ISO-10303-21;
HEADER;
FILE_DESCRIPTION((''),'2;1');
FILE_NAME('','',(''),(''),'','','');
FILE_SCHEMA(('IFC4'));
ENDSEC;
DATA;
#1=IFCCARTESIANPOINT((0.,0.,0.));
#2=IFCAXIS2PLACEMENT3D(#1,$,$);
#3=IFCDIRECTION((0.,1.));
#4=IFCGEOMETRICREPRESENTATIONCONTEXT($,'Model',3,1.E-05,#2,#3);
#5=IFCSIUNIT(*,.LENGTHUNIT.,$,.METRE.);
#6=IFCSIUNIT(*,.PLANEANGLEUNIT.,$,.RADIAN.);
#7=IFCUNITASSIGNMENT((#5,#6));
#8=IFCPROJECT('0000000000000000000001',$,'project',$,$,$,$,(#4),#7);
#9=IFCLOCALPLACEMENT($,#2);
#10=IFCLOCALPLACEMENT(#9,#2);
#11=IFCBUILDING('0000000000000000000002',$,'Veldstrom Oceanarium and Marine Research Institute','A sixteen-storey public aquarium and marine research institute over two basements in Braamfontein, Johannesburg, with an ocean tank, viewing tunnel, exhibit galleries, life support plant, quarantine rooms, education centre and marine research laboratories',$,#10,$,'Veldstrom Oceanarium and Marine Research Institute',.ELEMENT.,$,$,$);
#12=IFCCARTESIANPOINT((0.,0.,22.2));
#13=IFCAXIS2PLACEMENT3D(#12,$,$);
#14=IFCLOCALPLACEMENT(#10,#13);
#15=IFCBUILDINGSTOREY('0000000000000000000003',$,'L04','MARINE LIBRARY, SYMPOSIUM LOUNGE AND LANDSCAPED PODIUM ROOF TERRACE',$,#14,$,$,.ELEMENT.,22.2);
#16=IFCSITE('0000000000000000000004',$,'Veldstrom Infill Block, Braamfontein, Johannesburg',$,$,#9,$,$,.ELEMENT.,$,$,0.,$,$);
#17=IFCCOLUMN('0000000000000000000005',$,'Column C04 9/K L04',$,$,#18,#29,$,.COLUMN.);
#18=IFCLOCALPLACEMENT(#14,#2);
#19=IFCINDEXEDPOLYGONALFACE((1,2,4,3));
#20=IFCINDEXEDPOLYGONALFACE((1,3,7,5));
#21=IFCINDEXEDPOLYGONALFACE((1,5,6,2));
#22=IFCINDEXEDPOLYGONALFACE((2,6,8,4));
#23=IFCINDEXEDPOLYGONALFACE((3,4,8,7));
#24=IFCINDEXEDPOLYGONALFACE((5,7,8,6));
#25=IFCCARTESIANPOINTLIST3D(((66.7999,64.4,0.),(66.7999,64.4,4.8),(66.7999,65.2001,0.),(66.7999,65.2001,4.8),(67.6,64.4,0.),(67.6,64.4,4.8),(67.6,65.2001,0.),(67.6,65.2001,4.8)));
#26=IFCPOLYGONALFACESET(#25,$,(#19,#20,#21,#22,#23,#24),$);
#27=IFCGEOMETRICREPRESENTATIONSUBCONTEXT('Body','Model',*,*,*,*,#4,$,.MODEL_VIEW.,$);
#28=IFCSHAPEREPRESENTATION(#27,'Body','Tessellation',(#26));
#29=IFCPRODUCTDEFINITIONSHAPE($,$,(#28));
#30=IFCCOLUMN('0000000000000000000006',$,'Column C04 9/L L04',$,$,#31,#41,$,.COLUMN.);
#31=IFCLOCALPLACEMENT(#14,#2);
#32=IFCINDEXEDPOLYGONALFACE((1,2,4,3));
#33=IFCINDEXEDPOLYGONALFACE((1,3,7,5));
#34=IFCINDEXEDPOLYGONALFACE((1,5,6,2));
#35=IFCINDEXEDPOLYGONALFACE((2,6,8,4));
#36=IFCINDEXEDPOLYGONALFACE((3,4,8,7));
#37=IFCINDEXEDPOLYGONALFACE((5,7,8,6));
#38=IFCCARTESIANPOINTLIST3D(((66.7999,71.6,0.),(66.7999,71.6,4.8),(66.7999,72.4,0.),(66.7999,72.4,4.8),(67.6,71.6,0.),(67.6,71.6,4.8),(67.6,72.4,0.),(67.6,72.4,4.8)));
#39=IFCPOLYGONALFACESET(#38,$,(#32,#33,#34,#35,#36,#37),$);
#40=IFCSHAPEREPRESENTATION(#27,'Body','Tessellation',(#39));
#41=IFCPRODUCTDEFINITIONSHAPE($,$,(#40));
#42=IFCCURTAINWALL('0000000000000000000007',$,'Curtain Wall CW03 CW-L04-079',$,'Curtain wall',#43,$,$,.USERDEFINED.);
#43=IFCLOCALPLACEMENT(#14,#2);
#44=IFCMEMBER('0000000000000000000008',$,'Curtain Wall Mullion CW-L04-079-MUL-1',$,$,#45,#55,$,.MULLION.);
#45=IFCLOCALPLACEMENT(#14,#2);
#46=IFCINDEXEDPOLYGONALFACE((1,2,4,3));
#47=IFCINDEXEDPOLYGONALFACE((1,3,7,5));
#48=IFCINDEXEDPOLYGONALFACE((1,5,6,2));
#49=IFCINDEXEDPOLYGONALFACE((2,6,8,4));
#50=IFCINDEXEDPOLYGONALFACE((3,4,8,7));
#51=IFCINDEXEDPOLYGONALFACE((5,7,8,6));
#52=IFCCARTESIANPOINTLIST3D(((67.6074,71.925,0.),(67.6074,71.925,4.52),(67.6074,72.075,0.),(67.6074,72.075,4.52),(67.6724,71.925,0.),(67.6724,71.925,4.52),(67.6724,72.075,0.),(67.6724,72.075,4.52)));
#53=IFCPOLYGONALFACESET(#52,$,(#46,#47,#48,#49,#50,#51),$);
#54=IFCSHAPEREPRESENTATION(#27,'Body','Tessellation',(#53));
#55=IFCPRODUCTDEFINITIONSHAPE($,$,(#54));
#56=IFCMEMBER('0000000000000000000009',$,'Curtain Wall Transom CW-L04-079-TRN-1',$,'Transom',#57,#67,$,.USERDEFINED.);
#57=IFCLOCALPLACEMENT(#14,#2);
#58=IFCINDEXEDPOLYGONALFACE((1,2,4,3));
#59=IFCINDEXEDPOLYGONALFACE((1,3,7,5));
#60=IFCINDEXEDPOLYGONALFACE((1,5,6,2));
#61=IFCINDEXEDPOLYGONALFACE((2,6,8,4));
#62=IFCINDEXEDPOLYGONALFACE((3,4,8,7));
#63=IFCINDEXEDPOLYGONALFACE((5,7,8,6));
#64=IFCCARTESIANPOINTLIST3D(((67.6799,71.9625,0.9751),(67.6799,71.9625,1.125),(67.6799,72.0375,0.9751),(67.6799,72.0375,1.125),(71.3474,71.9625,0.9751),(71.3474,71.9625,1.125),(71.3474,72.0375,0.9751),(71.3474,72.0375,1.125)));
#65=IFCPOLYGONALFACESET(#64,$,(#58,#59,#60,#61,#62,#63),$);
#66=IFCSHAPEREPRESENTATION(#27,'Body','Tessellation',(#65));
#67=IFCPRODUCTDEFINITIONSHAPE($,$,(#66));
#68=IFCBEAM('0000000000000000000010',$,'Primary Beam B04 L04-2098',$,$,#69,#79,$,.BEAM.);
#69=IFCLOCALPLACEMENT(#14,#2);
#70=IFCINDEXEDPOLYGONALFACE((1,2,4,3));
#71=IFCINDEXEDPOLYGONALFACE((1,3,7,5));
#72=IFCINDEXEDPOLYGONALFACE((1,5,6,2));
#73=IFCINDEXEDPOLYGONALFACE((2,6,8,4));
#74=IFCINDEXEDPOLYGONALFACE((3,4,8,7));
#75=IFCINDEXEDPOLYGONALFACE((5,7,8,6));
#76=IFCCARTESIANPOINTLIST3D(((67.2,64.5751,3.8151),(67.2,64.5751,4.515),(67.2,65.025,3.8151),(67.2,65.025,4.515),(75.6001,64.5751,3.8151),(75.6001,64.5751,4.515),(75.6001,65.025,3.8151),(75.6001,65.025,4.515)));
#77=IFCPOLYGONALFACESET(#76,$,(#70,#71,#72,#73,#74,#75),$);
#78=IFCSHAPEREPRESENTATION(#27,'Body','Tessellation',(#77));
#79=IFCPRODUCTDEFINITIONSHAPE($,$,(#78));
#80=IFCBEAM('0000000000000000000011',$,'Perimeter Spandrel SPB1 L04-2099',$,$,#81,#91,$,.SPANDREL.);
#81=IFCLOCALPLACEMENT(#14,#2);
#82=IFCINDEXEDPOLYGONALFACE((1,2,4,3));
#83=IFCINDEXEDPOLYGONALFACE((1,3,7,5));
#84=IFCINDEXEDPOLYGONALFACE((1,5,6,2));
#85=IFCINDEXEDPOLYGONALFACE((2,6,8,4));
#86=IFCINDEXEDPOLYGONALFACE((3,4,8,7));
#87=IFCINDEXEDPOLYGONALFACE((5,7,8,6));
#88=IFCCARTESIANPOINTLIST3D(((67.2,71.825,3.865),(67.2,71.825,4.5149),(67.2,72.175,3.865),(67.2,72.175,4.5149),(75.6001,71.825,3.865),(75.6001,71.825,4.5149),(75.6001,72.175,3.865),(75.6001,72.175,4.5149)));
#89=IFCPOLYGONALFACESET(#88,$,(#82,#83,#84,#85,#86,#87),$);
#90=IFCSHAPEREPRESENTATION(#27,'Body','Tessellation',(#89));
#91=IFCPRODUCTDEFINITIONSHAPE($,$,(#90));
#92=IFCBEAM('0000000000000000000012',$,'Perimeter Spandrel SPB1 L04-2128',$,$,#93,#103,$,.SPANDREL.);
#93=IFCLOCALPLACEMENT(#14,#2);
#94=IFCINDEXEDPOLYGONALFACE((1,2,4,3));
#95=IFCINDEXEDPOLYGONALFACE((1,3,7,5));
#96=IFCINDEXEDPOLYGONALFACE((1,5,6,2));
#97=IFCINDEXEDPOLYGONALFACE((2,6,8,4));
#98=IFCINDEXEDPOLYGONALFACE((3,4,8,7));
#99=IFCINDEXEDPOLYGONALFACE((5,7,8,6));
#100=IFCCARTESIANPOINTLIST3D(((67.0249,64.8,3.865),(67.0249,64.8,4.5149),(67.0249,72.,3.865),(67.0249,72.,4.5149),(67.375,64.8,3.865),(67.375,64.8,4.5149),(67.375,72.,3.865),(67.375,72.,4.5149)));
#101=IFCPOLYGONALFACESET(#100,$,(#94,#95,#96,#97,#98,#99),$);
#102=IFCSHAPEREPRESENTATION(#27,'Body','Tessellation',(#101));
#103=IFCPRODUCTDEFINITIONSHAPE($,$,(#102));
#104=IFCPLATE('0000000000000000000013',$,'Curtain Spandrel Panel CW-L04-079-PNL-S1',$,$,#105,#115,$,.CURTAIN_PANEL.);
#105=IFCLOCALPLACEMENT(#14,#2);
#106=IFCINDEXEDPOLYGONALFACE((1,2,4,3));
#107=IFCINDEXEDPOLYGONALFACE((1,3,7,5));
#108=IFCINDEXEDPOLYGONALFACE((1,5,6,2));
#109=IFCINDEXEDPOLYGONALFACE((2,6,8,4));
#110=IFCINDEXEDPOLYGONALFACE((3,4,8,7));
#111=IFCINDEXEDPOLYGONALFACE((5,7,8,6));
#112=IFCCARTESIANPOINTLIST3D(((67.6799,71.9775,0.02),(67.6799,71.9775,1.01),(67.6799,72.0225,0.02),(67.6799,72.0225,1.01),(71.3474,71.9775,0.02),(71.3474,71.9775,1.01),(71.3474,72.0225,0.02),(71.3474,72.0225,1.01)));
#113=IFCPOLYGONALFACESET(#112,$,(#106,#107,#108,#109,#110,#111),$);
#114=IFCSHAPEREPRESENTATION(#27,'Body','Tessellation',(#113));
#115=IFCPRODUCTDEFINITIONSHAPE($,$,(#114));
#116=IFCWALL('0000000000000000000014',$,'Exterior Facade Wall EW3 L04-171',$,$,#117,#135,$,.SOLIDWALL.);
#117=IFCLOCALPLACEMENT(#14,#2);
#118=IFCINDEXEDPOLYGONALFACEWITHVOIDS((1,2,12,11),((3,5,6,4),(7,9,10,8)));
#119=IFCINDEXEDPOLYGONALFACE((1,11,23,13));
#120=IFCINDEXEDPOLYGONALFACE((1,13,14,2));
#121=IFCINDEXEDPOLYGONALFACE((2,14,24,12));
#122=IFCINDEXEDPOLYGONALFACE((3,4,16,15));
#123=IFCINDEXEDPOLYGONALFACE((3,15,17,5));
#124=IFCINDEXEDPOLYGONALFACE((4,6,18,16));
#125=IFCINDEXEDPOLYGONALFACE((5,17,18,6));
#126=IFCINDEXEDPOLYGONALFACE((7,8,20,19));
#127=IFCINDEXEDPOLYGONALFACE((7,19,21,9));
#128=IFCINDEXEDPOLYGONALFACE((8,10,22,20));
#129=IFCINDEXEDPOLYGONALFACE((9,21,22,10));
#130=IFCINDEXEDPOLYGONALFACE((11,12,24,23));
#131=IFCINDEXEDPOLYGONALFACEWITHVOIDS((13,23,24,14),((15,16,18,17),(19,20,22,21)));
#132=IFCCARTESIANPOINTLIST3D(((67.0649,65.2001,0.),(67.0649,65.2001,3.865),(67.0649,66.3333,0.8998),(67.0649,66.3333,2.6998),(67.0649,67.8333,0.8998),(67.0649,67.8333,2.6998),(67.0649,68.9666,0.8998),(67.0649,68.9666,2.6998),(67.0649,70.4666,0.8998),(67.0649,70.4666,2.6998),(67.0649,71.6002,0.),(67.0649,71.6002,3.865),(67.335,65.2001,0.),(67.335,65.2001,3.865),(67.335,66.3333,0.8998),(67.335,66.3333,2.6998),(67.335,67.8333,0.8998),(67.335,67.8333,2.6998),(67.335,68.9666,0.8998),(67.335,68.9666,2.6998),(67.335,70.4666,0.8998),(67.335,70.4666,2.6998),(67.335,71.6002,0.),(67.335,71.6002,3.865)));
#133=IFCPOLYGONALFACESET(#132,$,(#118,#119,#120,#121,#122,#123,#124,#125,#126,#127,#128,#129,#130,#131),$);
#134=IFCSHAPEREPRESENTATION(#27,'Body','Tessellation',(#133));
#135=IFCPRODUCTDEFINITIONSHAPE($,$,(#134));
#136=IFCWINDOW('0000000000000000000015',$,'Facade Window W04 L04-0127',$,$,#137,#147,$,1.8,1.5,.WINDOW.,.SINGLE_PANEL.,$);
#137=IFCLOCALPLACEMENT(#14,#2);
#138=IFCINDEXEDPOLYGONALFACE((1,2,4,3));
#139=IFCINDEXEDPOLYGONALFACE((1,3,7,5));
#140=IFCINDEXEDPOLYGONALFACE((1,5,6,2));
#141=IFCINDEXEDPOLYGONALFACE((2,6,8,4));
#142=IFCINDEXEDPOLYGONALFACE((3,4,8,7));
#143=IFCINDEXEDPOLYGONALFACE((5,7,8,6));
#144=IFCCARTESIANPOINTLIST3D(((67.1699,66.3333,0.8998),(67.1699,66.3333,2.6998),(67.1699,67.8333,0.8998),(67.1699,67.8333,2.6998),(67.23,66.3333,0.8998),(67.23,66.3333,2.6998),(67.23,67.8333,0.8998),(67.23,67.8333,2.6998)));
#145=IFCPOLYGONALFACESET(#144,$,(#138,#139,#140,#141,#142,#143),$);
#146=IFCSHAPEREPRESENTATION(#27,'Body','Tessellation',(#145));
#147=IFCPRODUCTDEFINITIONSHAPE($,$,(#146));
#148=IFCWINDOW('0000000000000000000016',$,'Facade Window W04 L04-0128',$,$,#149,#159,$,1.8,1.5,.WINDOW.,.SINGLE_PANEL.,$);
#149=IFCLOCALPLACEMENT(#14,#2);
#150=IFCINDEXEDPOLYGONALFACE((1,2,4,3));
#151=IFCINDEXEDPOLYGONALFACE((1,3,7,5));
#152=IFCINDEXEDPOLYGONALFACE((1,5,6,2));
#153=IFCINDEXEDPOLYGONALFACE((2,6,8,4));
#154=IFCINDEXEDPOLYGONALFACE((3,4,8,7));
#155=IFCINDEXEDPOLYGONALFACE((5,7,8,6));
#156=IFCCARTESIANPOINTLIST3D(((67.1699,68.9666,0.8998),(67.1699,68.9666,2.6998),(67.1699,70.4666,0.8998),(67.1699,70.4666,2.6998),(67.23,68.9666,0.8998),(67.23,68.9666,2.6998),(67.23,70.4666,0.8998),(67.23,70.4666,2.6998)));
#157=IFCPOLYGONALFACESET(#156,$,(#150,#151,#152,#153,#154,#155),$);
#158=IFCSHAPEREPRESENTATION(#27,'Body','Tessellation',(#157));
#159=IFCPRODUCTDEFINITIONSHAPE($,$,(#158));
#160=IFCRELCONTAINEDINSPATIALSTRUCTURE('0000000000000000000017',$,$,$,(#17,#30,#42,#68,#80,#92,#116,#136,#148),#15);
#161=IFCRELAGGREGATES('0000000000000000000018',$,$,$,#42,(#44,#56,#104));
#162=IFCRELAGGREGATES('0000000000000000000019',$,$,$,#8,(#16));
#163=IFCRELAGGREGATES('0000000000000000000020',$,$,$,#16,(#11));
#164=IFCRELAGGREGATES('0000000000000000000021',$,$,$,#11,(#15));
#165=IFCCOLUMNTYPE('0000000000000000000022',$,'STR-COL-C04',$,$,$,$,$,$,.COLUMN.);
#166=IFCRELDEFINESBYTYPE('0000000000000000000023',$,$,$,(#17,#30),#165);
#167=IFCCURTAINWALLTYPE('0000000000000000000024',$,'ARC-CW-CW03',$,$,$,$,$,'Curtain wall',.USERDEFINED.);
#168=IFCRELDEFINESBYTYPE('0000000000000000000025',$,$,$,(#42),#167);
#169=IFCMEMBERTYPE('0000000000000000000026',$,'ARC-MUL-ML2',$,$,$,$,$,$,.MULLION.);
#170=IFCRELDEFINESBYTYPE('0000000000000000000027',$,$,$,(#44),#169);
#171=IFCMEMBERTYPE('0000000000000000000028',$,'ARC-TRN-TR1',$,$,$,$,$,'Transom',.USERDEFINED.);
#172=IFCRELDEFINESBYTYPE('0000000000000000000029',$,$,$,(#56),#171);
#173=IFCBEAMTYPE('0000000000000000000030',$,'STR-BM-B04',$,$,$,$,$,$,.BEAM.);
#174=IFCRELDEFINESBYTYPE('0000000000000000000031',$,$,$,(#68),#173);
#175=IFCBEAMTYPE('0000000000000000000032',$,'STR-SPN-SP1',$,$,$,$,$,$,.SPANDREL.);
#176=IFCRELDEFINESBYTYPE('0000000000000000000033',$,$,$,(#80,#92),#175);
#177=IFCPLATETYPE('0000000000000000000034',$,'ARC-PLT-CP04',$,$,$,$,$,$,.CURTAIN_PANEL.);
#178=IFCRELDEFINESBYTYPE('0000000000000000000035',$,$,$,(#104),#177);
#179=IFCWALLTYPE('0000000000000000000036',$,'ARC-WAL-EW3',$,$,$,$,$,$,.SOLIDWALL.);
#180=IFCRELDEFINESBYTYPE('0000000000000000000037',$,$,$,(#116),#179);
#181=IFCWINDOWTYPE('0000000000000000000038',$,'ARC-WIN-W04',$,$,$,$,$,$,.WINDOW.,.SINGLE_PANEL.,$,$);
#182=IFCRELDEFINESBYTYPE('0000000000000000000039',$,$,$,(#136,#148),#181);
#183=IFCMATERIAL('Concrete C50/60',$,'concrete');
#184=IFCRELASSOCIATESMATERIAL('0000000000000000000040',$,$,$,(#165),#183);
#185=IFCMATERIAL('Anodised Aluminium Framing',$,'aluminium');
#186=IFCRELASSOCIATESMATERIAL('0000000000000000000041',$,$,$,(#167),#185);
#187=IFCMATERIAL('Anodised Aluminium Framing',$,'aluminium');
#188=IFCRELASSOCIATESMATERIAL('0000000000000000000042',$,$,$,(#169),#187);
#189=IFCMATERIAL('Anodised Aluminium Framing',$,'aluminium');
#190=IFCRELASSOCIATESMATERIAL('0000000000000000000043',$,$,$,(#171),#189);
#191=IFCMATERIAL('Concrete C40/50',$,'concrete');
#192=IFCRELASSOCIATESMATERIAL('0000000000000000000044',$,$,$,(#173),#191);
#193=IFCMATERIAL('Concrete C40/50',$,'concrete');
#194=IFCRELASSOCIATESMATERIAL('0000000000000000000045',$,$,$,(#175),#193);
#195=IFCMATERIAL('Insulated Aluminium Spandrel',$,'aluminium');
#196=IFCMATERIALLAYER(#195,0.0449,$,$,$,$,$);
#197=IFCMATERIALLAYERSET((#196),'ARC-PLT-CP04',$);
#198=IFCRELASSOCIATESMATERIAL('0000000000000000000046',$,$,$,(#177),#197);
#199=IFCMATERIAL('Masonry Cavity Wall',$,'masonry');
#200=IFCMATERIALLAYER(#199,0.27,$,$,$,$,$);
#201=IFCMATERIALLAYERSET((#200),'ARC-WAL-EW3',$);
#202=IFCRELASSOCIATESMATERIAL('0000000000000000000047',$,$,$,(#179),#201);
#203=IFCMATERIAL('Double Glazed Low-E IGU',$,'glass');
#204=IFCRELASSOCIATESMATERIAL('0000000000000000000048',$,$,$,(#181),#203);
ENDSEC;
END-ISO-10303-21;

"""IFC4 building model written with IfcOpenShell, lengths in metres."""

from ifc_helpers import new_model, si_unit, direction, frame, frame_2d, origin, origin_2d, place, context, subcontext, project, spatial, rectangle, extrude, material, layer, layer_set, material_profile, profile_set, type_object, element, fill, aggregate, save


model = new_model("IFC4")

# Units and contexts
model_context = context("Model", 3, precision=1e-05, world=origin(), true_north=direction((0.0, 1.0)))
body_context = subcontext(model_context, "Body", "Model", "MODEL_VIEW")
ifc_project = project(units=[si_unit("LENGTHUNIT", "METRE"), si_unit("PLANEANGLEUNIT", "RADIAN")], contexts=[model_context])

# Site, building, storey
site_placement = place(None, origin())
site = spatial("IfcSite", under=ifc_project, at=site_placement, Name="Veldstrom Infill Block, Braamfontein, Johannesburg", CompositionType="ELEMENT", RefElevation=0.0)
building_placement = place(site_placement, origin())
building = spatial("IfcBuilding", under=site, at=building_placement, Name="Veldstrom Oceanarium and Marine Research Institute", Description="A sixteen-storey public aquarium and marine research institute over two basements in Braamfontein, Johannesburg, with an ocean tank, viewing tunnel, exhibit galleries, life support plant, quarantine rooms, education centre and marine research laboratories", LongName="Veldstrom Oceanarium and Marine Research Institute", CompositionType="ELEMENT")
storey_placement = place(building_placement, frame((0.0, 0.0, 22.2)))
storey = spatial("IfcBuildingStorey", under=building, at=storey_placement, Name="L04", Description="MARINE LIBRARY, SYMPOSIUM LOUNGE AND LANDSCAPED PODIUM ROOF TERRACE", CompositionType="ELEMENT", Elevation=22.2)

# Columns
ifc_material_1 = material(Name="Concrete C50/60", Category="concrete")
ifc_material_profile_1 = material_profile(ifc_material_1, rectangle(XDim=0.8, YDim=0.8, at=origin_2d()), Name="RC-COL-800x800")
ifc_profile_set_1 = profile_set([ifc_material_profile_1], Name="Concrete C50/60")
column_type = type_object("IfcColumnType", Name="STR-COL-C04", PredefinedType="COLUMN", material=ifc_profile_set_1)
for number, where, z_axis, x_axis, name in (
    (1, (67.2, 64.8, 0.0), (0.0, 0.0, 1.0), (1.0, 0.0, 0.0), "Column C04 9/K L04"),
    (2, (67.2, 72.0, 0.0), (0.0, 0.0, 1.0), (1.0, 0.0, 0.0), "Column C04 9/L L04"),
):
    element("IfcColumn", number, at=place(storey_placement, frame(where, z_axis=z_axis, x_axis=x_axis)), inside=storey, type_object=column_type, Name=name, PredefinedType="COLUMN", context=body_context, shape_type="SweptSolid", body=[
        extrude(rectangle(XDim=0.8, YDim=0.8, at=origin_2d()), origin(), (0.0, 0.0, 1.0), 4.8),
    ])

# Curtain wall, members
ifc_material_2 = material(Name="Anodised Aluminium Framing", Category="aluminium")
curtain_wall_type = type_object("IfcCurtainWallType", Name="ARC-CW-CW03", ElementType="Curtain wall", PredefinedType="USERDEFINED", material=ifc_material_2)
curtain_wall_placement = place(storey_placement, origin())
curtain_wall = element("IfcCurtainWall", 3, at=curtain_wall_placement, inside=storey, type_object=curtain_wall_type, Name="Curtain Wall CW03 CW-L04-079", ObjectType="Curtain wall", PredefinedType="USERDEFINED")
ifc_material_3 = material(Name="Anodised Aluminium Framing", Category="aluminium")
ifc_material_profile_2 = material_profile(ifc_material_3, rectangle(XDim=0.0649, YDim=0.1499, at=origin_2d()), Name="ALU-MUL-65x150")
ifc_profile_set_2 = profile_set([ifc_material_profile_2], Name="Anodised Aluminium Framing")
member_type_1 = type_object("IfcMemberType", Name="ARC-MUL-ML2", PredefinedType="MULLION", material=ifc_profile_set_2)
member_1_placement = place(storey_placement, frame((67.6399, 72.0, 0.0), z_axis=(0.0, 0.0, 1.0), x_axis=(1.0, 0.0, 0.0)))
member_1 = element("IfcMember", 4, at=member_1_placement, type_object=member_type_1, Name="Curtain Wall Mullion CW-L04-079-MUL-1", PredefinedType="MULLION", context=body_context, shape_type="SweptSolid", body=[
    extrude(rectangle(XDim=0.0649, YDim=0.1499, at=origin_2d()), origin(), (0.0, 0.0, 1.0), 4.52),
])
ifc_material_4 = material(Name="Anodised Aluminium Framing", Category="aluminium")
ifc_material_profile_3 = material_profile(ifc_material_4, rectangle(XDim=0.075, YDim=0.1499, at=origin_2d()), Name="ALU-TRN-75x150")
ifc_profile_set_3 = profile_set([ifc_material_profile_3], Name="Anodised Aluminium Framing")
member_type_2 = type_object("IfcMemberType", Name="ARC-TRN-TR1", ElementType="Transom", PredefinedType="USERDEFINED", material=ifc_profile_set_3)
member_2_placement = place(storey_placement, frame((67.6799, 72.0, 1.05), z_axis=(1.0, 0.0, 0.0), x_axis=(0.0, 1.0, 0.0)))
member_2 = element("IfcMember", 5, at=member_2_placement, type_object=member_type_2, Name="Curtain Wall Transom CW-L04-079-TRN-1", ObjectType="Transom", PredefinedType="USERDEFINED", context=body_context, shape_type="SweptSolid", body=[
    extrude(rectangle(XDim=0.075, YDim=0.1499, at=origin_2d()), origin(), (0.0, 0.0, 1.0), 3.6675),
])

# Beams
ifc_material_5 = material(Name="Concrete C40/50", Category="concrete")
ifc_material_profile_4 = material_profile(ifc_material_5, rectangle(XDim=0.45, YDim=0.7, at=origin_2d()), Name="RC-BM-450x700")
ifc_profile_set_4 = profile_set([ifc_material_profile_4], Name="Concrete C40/50")
beam_type_1 = type_object("IfcBeamType", Name="STR-BM-B04", PredefinedType="BEAM", material=ifc_profile_set_4)
beam_1_placement = place(storey_placement, frame((67.2, 64.8, 4.165), z_axis=(1.0, 0.0, 0.0), x_axis=(0.0, 1.0, 0.0)))
element("IfcBeam", 6, at=beam_1_placement, inside=storey, type_object=beam_type_1, Name="Primary Beam B04 L04-2098", PredefinedType="BEAM", context=body_context, shape_type="SweptSolid", body=[
    extrude(rectangle(XDim=0.45, YDim=0.7, at=origin_2d()), origin(), (0.0, 0.0, 1.0), 8.4001),
])
ifc_material_6 = material(Name="Concrete C40/50", Category="concrete")
ifc_material_profile_5 = material_profile(ifc_material_6, rectangle(XDim=0.3501, YDim=0.6499, at=origin_2d()), Name="RC-SPN-350x650")
ifc_profile_set_5 = profile_set([ifc_material_profile_5], Name="Concrete C40/50")
beam_type_2 = type_object("IfcBeamType", Name="STR-SPN-SP1", PredefinedType="SPANDREL", material=ifc_profile_set_5)
beam_2_placement = place(storey_placement, frame((67.2, 72.0, 4.1899), z_axis=(1.0, 0.0, 0.0), x_axis=(0.0, 1.0, 0.0)))
element("IfcBeam", 7, at=beam_2_placement, inside=storey, type_object=beam_type_2, Name="Perimeter Spandrel SPB1 L04-2099", PredefinedType="SPANDREL", context=body_context, shape_type="SweptSolid", body=[
    extrude(rectangle(XDim=0.3501, YDim=0.6499, at=origin_2d()), origin(), (0.0, 0.0, 1.0), 8.4001),
])
beam_3_placement = place(storey_placement, frame((67.2, 64.8, 4.1899), z_axis=(0.0, 1.0, 0.0), x_axis=(-1.0, 0.0, 0.0)))
element("IfcBeam", 8, at=beam_3_placement, inside=storey, type_object=beam_type_2, Name="Perimeter Spandrel SPB1 L04-2128", PredefinedType="SPANDREL", context=body_context, shape_type="SweptSolid", body=[
    extrude(rectangle(XDim=0.3501, YDim=0.6499, at=origin_2d()), origin(), (0.0, 0.0, 1.0), 7.2),
])

# Plate
ifc_material_7 = material(Name="Insulated Aluminium Spandrel", Category="aluminium")
ifc_layer_1 = layer(ifc_material_7, 0.0449)
ifc_layer_set_1 = layer_set([ifc_layer_1], Name="ARC-PLT-CP04")
plate_type = type_object("IfcPlateType", Name="ARC-PLT-CP04", PredefinedType="CURTAIN_PANEL", material=ifc_layer_set_1)
plate_placement = place(storey_placement, frame((69.5137, 72.0, 0.02), z_axis=(0.0, 0.0, 1.0), x_axis=(1.0, 0.0, 0.0)))
plate = element("IfcPlate", 9, at=plate_placement, type_object=plate_type, Name="Curtain Spandrel Panel CW-L04-079-PNL-S1", PredefinedType="CURTAIN_PANEL", context=body_context, shape_type="SweptSolid", body=[
    extrude(rectangle(XDim=3.6675, YDim=0.0449, at=origin_2d()), origin(), (0.0, 0.0, 1.0), 0.99),
])
aggregate(curtain_wall, [member_1, member_2, plate])

# Wall, openings, windows
ifc_material_8 = material(Name="Masonry Cavity Wall", Category="masonry")
ifc_layer_2 = layer(ifc_material_8, 0.27)
ifc_layer_set_2 = layer_set([ifc_layer_2], Name="ARC-WAL-EW3")
wall_type_1 = type_object("IfcWallType", Name="ARC-WAL-EW3", PredefinedType="SOLIDWALL", material=ifc_layer_set_2)
wall_1_placement = place(storey_placement, frame((67.2, 65.2, 0.0), z_axis=(0.0, 0.0, 1.0), x_axis=(0.0, 1.0, 0.0)))
wall_1 = element("IfcWall", 10, at=wall_1_placement, inside=storey, type_object=wall_type_1, Name="Exterior Facade Wall EW3 L04-171", PredefinedType="SOLIDWALL", context=body_context, shape_type="SweptSolid", body=[
    extrude(rectangle(XDim=6.4001, YDim=0.27, at=frame_2d((3.2002, 0.0))), origin(), (0.0, 0.0, 1.0), 3.865),
])
opening_1_placement = place(wall_1_placement, frame((1.1333, 0.0, 0.8999)))
opening_1 = element("IfcOpeningElement", 11, at=opening_1_placement, cuts=wall_1, PredefinedType="OPENING", context=body_context, shape_type="SweptSolid", body=[
    extrude(rectangle(XDim=1.5, YDim=1.8, at=frame_2d((0.75, 0.8999))), frame((0.0, 0.145, 0.0), z_axis=(0.0, -1.0, 0.0), x_axis=(1.0, 0.0, 0.0)), (0.0, 0.0, 1.0), 0.29),
])
opening_2_placement = place(wall_1_placement, frame((3.7666, 0.0, 0.8999)))
opening_2 = element("IfcOpeningElement", 12, at=opening_2_placement, cuts=wall_1, PredefinedType="OPENING", context=body_context, shape_type="SweptSolid", body=[
    extrude(rectangle(XDim=1.5, YDim=1.8, at=frame_2d((0.75, 0.8999))), frame((0.0, 0.145, 0.0), z_axis=(0.0, -1.0, 0.0), x_axis=(1.0, 0.0, 0.0)), (0.0, 0.0, 1.0), 0.29),
])
ifc_material_9 = material(Name="Double Glazed Low-E IGU", Category="glass")
window_type = type_object("IfcWindowType", Name="ARC-WIN-W04", PartitioningType="SINGLE_PANEL", PredefinedType="WINDOW", material=ifc_material_9)
window_1_placement = place(opening_1_placement, origin())
window_1 = element("IfcWindow", 13, at=window_1_placement, inside=storey, type_object=window_type, Name="Facade Window W04 L04-0127", OverallHeight=1.8, OverallWidth=1.5, PartitioningType="SINGLE_PANEL", PredefinedType="WINDOW", context=body_context, shape_type="SweptSolid", body=[
    extrude(rectangle(XDim=1.5, YDim=1.8, at=frame_2d((0.75, 0.8999))), frame((0.0, 0.03, 0.0), z_axis=(0.0, -1.0, 0.0), x_axis=(1.0, 0.0, 0.0)), (0.0, 0.0, 1.0), 0.0601),
])
fill(opening_1, window_1)
window_2_placement = place(opening_2_placement, origin())
window_2 = element("IfcWindow", 14, at=window_2_placement, inside=storey, type_object=window_type, Name="Facade Window W04 L04-0128", OverallHeight=1.8, OverallWidth=1.5, PartitioningType="SINGLE_PANEL", PredefinedType="WINDOW", context=body_context, shape_type="SweptSolid", body=[
    extrude(rectangle(XDim=1.5, YDim=1.8, at=frame_2d((0.75, 0.8999))), frame((0.0, 0.03, 0.0), z_axis=(0.0, -1.0, 0.0), x_axis=(1.0, 0.0, 0.0)), (0.0, 0.0, 1.0), 0.0601),
])
fill(opening_2, window_2)

save(model, "model.ifc")
